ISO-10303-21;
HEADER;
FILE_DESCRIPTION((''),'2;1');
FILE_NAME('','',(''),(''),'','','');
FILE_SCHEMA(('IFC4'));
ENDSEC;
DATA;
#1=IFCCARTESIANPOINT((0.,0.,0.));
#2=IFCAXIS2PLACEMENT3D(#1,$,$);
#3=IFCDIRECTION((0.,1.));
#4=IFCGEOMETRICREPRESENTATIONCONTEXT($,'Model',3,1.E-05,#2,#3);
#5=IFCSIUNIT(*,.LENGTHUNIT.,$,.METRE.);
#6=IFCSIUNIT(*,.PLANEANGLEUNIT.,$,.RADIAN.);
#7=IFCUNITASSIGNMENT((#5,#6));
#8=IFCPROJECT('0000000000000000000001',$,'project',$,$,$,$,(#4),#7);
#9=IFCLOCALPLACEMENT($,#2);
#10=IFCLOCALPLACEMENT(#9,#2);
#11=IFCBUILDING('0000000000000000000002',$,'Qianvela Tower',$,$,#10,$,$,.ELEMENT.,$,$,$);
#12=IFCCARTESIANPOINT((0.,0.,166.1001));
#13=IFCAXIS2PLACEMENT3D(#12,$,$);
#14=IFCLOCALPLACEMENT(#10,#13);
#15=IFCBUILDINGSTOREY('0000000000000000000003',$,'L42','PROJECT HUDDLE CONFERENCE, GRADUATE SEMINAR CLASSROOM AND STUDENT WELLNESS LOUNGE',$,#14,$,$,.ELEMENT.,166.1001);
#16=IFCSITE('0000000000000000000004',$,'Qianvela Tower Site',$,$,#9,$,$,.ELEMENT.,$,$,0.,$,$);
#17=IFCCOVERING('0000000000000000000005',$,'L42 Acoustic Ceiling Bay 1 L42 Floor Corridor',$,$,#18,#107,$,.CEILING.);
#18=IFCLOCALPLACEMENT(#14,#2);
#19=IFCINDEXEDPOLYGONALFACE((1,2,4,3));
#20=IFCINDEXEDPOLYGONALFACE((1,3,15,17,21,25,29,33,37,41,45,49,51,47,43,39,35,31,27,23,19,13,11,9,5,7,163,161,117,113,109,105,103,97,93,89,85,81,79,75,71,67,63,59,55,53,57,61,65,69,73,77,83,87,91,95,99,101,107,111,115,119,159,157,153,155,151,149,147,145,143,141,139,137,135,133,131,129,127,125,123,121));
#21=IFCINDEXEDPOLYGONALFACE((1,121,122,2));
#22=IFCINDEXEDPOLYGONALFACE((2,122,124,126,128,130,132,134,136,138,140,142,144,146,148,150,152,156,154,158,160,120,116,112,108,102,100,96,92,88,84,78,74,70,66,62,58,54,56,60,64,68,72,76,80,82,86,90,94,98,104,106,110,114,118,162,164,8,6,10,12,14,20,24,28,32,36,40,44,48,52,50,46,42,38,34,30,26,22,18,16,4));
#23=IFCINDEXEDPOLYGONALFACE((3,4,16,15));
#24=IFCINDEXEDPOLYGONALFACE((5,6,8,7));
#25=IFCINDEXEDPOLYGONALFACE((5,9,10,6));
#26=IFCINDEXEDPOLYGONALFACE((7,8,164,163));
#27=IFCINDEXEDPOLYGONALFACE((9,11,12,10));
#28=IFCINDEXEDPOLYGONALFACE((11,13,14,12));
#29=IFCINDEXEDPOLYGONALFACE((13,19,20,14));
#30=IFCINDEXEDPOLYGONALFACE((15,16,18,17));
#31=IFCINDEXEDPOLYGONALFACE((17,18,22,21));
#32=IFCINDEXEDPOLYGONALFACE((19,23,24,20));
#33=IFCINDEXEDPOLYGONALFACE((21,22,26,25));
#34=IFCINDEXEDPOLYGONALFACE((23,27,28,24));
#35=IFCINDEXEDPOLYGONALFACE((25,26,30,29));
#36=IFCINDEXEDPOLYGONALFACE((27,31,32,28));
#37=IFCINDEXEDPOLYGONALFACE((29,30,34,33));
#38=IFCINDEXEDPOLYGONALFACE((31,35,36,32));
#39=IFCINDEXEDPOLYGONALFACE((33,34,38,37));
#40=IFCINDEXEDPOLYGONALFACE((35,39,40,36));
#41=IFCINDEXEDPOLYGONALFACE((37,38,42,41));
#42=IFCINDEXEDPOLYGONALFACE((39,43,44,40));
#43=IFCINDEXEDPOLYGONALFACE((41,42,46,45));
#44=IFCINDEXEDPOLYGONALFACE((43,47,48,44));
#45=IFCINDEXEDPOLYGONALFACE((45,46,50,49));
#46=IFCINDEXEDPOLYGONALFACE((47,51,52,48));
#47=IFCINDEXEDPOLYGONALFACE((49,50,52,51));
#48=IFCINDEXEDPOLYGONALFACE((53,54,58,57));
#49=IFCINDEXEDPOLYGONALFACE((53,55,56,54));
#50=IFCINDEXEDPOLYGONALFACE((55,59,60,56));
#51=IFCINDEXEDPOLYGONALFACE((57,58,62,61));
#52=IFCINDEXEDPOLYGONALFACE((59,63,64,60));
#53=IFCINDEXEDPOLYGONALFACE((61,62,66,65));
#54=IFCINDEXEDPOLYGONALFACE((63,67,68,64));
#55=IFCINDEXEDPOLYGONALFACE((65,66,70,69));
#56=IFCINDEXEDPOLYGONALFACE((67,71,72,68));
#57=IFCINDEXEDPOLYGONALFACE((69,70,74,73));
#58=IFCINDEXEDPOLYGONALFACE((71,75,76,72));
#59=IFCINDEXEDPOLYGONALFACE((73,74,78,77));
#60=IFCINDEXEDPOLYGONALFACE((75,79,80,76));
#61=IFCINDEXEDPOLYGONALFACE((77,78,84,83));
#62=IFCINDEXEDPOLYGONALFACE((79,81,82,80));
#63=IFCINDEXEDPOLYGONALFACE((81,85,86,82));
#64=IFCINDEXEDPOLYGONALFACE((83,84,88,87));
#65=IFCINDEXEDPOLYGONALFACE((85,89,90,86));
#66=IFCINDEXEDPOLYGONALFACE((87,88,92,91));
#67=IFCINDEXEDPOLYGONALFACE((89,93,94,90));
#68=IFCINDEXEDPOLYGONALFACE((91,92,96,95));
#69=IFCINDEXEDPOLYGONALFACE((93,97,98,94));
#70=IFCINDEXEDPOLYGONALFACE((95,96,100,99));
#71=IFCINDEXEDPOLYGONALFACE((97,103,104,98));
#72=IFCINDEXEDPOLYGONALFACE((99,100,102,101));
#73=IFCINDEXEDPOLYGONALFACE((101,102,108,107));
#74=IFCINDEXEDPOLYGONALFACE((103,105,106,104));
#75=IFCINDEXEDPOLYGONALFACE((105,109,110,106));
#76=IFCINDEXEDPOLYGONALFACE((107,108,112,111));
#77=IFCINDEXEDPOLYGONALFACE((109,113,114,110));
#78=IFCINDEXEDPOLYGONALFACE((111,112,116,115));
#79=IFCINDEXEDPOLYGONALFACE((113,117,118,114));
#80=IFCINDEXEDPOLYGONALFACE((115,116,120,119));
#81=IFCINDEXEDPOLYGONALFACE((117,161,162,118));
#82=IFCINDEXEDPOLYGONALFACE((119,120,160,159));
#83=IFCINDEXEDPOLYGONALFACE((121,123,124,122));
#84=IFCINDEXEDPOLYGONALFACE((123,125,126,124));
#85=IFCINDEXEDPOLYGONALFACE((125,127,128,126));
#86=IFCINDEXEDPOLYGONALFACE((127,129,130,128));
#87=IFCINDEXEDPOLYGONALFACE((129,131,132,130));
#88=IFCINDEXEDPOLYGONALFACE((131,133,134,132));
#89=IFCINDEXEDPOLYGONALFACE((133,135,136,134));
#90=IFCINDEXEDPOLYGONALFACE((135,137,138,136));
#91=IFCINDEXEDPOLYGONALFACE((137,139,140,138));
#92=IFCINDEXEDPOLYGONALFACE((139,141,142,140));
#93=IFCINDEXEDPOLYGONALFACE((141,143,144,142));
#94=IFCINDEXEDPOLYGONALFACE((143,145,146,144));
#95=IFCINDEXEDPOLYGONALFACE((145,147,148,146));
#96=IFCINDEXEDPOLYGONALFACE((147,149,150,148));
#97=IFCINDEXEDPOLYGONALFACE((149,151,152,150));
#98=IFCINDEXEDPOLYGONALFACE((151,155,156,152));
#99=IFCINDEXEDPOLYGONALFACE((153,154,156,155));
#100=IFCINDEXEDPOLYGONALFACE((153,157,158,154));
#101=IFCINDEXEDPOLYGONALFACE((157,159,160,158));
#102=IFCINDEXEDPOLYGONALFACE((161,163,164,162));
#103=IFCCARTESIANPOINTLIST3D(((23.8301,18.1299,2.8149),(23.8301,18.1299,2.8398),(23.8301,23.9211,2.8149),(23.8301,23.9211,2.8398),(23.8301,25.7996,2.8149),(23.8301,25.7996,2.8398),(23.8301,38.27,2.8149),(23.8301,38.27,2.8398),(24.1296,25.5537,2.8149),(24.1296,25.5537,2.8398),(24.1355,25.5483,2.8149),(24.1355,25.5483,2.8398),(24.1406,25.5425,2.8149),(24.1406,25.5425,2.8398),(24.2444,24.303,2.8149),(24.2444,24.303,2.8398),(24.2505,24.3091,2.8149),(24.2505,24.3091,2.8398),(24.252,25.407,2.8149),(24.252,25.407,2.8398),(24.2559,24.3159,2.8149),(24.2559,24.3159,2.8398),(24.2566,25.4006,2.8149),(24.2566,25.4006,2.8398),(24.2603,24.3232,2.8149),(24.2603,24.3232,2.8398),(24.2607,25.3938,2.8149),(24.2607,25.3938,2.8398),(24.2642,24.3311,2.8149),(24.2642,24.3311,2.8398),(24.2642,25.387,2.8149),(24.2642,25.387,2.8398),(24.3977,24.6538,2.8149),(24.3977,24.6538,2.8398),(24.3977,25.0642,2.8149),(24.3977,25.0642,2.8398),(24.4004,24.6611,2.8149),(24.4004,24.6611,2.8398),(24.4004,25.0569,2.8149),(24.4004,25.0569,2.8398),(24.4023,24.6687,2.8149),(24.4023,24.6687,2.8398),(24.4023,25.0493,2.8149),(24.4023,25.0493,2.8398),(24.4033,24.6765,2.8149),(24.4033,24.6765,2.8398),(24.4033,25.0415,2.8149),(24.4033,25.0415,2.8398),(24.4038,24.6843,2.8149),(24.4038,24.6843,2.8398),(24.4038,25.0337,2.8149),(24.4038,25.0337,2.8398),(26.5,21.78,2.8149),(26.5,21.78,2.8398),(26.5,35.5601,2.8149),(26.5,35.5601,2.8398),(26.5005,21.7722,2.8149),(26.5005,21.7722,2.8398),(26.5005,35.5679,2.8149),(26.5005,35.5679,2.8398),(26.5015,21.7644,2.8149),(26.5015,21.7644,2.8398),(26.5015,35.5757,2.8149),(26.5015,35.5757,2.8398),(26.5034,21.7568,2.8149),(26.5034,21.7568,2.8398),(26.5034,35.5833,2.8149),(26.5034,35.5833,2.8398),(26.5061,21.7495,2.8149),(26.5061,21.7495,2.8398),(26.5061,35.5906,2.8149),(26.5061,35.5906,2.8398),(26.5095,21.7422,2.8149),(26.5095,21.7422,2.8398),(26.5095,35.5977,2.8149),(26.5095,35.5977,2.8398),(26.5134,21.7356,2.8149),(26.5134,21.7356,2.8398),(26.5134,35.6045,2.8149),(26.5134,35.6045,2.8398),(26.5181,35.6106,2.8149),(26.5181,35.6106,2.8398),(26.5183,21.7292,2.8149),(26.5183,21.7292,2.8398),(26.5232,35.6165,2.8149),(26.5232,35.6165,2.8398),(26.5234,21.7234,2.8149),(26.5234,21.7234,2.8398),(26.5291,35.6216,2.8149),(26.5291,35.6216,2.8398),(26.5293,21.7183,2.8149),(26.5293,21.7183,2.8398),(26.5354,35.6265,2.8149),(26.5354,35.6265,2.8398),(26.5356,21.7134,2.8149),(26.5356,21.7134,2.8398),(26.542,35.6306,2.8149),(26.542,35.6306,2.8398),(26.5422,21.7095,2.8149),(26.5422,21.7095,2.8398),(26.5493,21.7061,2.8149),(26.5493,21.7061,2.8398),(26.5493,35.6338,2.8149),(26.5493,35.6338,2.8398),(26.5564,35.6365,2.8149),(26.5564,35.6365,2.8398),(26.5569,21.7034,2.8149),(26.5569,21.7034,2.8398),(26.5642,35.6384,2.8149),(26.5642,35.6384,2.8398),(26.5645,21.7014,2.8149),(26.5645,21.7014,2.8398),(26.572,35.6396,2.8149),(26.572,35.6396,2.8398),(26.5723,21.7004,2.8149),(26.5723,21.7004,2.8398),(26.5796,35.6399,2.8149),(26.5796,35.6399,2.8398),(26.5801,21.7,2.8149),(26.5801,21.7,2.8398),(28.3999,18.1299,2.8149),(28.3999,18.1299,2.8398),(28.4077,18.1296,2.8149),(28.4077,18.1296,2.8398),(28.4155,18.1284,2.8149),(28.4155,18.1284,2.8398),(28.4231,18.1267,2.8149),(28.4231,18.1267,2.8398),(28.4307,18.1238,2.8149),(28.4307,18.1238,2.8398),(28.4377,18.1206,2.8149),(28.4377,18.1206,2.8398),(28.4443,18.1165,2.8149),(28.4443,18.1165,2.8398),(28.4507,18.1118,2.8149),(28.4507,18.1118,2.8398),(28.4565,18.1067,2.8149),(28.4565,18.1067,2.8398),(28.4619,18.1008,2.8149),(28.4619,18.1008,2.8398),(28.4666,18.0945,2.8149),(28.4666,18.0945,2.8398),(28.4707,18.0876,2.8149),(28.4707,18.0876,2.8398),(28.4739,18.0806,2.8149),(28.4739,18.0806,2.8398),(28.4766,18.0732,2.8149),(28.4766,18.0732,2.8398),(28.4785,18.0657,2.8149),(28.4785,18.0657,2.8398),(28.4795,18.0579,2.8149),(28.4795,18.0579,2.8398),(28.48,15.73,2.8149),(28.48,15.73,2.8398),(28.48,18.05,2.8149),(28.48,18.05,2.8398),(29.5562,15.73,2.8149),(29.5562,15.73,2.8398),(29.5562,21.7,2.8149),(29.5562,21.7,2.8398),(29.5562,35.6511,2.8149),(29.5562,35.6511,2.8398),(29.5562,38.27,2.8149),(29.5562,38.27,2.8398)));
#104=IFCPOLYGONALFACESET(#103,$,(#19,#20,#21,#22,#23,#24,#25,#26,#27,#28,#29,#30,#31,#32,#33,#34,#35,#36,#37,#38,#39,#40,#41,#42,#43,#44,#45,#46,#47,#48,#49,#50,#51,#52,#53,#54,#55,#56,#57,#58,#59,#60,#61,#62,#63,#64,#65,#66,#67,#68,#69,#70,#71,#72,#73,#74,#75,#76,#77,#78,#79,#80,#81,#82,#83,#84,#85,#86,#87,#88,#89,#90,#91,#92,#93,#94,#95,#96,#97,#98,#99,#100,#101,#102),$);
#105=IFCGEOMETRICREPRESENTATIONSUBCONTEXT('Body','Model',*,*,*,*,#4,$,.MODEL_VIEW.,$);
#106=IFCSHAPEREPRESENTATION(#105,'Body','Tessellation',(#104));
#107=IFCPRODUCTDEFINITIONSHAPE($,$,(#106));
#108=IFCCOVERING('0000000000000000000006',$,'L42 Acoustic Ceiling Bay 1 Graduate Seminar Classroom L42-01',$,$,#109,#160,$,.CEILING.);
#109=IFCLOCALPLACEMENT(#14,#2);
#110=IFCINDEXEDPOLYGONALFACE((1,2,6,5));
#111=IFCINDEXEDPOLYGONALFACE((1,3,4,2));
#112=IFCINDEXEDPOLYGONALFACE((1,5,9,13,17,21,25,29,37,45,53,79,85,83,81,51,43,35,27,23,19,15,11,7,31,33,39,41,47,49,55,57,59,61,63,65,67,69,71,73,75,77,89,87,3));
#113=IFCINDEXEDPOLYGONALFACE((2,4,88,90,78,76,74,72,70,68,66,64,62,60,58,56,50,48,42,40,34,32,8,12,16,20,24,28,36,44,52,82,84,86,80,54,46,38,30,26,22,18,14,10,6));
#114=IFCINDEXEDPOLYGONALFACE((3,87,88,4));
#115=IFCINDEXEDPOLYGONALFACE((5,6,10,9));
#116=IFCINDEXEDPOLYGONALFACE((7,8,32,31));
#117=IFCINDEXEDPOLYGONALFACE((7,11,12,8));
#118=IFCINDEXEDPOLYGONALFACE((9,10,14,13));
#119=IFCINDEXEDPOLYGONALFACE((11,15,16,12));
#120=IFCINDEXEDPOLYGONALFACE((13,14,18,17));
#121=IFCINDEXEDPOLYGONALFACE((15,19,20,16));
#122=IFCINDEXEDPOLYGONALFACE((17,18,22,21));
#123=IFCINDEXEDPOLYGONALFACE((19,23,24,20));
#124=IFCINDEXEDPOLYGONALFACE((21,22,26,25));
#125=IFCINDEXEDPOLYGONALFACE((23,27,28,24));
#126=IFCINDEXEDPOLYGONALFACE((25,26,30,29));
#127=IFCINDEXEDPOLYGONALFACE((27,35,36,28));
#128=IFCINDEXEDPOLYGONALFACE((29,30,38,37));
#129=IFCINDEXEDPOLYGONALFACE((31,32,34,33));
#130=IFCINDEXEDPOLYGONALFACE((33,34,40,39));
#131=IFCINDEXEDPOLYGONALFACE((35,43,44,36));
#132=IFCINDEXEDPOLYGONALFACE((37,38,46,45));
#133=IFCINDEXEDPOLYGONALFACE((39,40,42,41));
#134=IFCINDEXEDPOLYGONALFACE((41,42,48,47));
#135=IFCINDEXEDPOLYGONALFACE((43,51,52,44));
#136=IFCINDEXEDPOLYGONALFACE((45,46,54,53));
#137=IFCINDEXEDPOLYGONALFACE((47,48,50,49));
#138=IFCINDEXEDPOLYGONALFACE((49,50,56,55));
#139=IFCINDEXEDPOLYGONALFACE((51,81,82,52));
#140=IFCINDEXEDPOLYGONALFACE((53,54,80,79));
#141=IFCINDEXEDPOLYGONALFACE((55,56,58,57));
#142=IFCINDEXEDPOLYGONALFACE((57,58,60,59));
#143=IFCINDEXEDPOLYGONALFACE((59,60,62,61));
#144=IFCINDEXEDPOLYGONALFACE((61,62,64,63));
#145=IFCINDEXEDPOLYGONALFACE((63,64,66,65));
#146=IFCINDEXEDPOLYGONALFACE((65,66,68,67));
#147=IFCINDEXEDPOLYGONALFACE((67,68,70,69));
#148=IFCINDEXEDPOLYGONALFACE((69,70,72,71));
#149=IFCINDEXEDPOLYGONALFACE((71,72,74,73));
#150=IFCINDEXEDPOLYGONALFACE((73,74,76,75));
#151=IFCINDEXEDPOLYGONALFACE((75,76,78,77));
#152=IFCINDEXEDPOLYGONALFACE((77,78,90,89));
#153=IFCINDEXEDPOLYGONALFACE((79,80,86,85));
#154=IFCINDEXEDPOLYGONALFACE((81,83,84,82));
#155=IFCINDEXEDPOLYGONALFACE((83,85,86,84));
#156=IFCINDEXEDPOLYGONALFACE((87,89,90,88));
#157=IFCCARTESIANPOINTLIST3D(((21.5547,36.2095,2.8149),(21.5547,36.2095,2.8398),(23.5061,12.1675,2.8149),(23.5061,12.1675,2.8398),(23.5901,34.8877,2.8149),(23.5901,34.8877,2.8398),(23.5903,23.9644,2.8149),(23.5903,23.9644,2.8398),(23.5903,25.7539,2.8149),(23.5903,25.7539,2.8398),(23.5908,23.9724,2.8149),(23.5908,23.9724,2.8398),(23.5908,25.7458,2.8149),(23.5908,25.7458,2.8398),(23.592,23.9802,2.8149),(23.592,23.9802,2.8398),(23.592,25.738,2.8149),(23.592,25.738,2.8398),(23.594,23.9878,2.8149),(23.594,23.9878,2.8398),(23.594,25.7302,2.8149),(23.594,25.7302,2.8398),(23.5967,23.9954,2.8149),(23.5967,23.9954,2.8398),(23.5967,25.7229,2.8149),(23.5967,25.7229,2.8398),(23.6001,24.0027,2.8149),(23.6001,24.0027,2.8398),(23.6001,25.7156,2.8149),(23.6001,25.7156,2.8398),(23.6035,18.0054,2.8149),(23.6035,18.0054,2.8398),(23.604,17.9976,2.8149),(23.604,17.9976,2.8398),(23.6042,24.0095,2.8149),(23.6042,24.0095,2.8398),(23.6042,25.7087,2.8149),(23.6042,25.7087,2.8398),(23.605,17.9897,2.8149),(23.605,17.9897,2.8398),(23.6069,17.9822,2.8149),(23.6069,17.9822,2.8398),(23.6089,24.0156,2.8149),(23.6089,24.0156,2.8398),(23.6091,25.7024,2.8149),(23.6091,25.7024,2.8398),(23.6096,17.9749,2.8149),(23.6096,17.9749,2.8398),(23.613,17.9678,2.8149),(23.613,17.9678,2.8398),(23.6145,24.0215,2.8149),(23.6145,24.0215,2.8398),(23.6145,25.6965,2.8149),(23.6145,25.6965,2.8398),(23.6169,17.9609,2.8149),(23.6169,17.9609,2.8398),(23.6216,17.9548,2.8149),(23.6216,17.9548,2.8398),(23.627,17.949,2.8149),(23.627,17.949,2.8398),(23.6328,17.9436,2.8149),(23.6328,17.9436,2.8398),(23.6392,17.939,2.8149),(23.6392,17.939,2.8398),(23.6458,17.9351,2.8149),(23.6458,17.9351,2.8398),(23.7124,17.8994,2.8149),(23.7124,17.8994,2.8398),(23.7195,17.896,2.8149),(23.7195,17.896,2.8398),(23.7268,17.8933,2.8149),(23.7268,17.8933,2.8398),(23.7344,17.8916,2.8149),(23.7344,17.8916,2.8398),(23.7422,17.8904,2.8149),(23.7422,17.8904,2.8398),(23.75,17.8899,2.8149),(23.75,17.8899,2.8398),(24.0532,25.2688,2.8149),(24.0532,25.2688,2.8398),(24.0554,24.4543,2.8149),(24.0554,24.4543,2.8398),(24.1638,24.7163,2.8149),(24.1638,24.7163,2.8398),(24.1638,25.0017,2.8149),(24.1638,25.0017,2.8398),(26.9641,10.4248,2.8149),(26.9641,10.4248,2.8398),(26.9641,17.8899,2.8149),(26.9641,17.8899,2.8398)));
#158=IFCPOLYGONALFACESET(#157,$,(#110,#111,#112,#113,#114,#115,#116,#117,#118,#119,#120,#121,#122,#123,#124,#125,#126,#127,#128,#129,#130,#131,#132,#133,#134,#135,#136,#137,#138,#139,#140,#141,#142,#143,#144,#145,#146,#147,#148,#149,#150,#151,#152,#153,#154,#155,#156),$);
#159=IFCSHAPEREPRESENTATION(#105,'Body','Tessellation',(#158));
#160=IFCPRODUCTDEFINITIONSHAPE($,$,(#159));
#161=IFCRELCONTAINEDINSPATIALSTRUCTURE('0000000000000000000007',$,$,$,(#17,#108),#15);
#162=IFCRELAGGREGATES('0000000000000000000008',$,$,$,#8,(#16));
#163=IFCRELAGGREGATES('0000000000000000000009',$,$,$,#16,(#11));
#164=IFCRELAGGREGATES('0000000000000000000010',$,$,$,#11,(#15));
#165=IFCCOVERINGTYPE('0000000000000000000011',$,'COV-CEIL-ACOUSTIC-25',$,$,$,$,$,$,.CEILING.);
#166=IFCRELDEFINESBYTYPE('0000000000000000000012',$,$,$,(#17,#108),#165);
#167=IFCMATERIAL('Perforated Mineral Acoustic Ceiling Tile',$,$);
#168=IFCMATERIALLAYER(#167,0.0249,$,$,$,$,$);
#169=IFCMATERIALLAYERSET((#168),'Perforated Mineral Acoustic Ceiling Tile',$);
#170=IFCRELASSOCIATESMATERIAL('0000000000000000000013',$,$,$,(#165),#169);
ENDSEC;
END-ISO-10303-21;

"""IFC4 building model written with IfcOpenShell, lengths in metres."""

from ifc_helpers import new_model, si_unit, direction, frame, origin, place, context, subcontext, project, spatial, polyline, outline, extrude, material, layer, layer_set, type_object, element, save


model = new_model("IFC4")

# Units and contexts
model_context = context("Model", 3, precision=1e-05, world=origin(), true_north=direction((0.0, 1.0)))
body_context = subcontext(model_context, "Body", "Model", "MODEL_VIEW")
ifc_project = project(units=[si_unit("LENGTHUNIT", "METRE"), si_unit("PLANEANGLEUNIT", "RADIAN")], contexts=[model_context])

# Site, building, storey
site_placement = place(None, origin())
site = spatial("IfcSite", under=ifc_project, at=site_placement, Name="Qianvela Tower Site", CompositionType="ELEMENT", RefElevation=0.0)
building_placement = place(site_placement, origin())
building = spatial("IfcBuilding", under=site, at=building_placement, Name="Qianvela Tower", CompositionType="ELEMENT")
storey_placement = place(building_placement, frame((0.0, 0.0, 166.1001)))
storey = spatial("IfcBuildingStorey", under=building, at=storey_placement, Name="L42", Description="PROJECT HUDDLE CONFERENCE, GRADUATE SEMINAR CLASSROOM AND STUDENT WELLNESS LOUNGE", CompositionType="ELEMENT", Elevation=166.1001)

# Coverings
ifc_material_1 = material(Name="Perforated Mineral Acoustic Ceiling Tile")
ifc_layer_1 = layer(ifc_material_1, 0.0249)
ifc_layer_set_1 = layer_set([ifc_layer_1], Name="Perforated Mineral Acoustic Ceiling Tile")
covering_type_1 = type_object("IfcCoveringType", Name="COV-CEIL-ACOUSTIC-25", PredefinedType="CEILING", material=ifc_layer_set_1)
covering_1_placement = place(storey_placement, frame((0.0, 0.0, 2.8149)))
element("IfcCovering", 1, at=covering_1_placement, inside=storey, type_object=covering_type_1, Name="L42 Acoustic Ceiling Bay 1 L42 Floor Corridor", PredefinedType="CEILING", context=body_context, shape_type="SweptSolid", body=[
    extrude(outline(polyline([(24.4033, 25.0415), (24.4023, 25.0493), (24.4004, 25.0569), (24.3977, 25.0642), (24.2642, 25.387), (24.2607, 25.3938), (24.2566, 25.4006), (24.252, 25.407), (24.1406, 25.5425), (24.1355, 25.5483), (24.1296, 25.5537), (23.8301, 25.7996), (23.8301, 38.27), (29.5562, 38.27), (29.5562, 35.6511), (26.5796, 35.6399), (26.572, 35.6396), (26.5642, 35.6384), (26.5564, 35.6365), (26.5493, 35.6338), (26.542, 35.6306), (26.5354, 35.6265), (26.5291, 35.6216), (26.5232, 35.6165), (26.5181, 35.6106), (26.5134, 35.6045), (26.5095, 35.5977), (26.5061, 35.5906), (26.5034, 35.5833), (26.5015, 35.5757), (26.5005, 35.5679), (26.5, 35.5601), (26.5, 21.78), (26.5005, 21.7722), (26.5015, 21.7644), (26.5034, 21.7568), (26.5061, 21.7495), (26.5095, 21.7422), (26.5134, 21.7356), (26.5183, 21.7292), (26.5234, 21.7234), (26.5293, 21.7183), (26.5356, 21.7134), (26.5422, 21.7095), (26.5493, 21.7061), (26.5569, 21.7034), (26.5645, 21.7014), (26.5723, 21.7004), (26.5801, 21.7), (29.5562, 21.7), (29.5562, 15.73), (28.48, 15.73), (28.48, 18.05), (28.4795, 18.0579), (28.4785, 18.0657), (28.4766, 18.0732), (28.4739, 18.0806), (28.4707, 18.0876), (28.4666, 18.0945), (28.4619, 18.1008), (28.4565, 18.1067), (28.4507, 18.1118), (28.4443, 18.1165), (28.4377, 18.1206), (28.4307, 18.1238), (28.4231, 18.1267), (28.4155, 18.1284), (28.4077, 18.1296), (28.3999, 18.1299), (23.8301, 18.1299), (23.8301, 23.9211), (24.2444, 24.303), (24.2505, 24.3091), (24.2559, 24.3159), (24.2603, 24.3232), (24.2642, 24.3311), (24.3977, 24.6538), (24.4004, 24.6611), (24.4023, 24.6687), (24.4033, 24.6765), (24.4038, 24.6843), (24.4038, 25.0337), (24.4033, 25.0415)])), origin(), (0.0, 0.0, 1.0), 0.0249),
])
covering_2_placement = place(storey_placement, frame((0.0, 0.0, 2.8149)))
element("IfcCovering", 2, at=covering_2_placement, inside=storey, type_object=covering_type_1, Name="L42 Acoustic Ceiling Bay 1 Graduate Seminar Classroom L42-01", PredefinedType="CEILING", context=body_context, shape_type="SweptSolid", body=[
    extrude(outline(polyline([(23.5901, 34.8877), (23.5903, 25.7539), (23.5908, 25.7458), (23.592, 25.738), (23.594, 25.7302), (23.5967, 25.7229), (23.6001, 25.7156), (23.6042, 25.7087), (23.6091, 25.7024), (23.6145, 25.6965), (24.0532, 25.2688), (24.1638, 25.0017), (24.1638, 24.7163), (24.0554, 24.4543), (23.6145, 24.0215), (23.6089, 24.0156), (23.6042, 24.0095), (23.6001, 24.0027), (23.5967, 23.9954), (23.594, 23.9878), (23.592, 23.9802), (23.5908, 23.9724), (23.5903, 23.9644), (23.6035, 18.0054), (23.604, 17.9976), (23.605, 17.9897), (23.6069, 17.9822), (23.6096, 17.9749), (23.613, 17.9678), (23.6169, 17.9609), (23.6216, 17.9548), (23.627, 17.949), (23.6328, 17.9436), (23.6392, 17.939), (23.6458, 17.9351), (23.7124, 17.8994), (23.7195, 17.896), (23.7268, 17.8933), (23.7344, 17.8916), (23.7422, 17.8904), (23.75, 17.8899), (26.9641, 17.8899), (26.9641, 10.4248), (23.5061, 12.1675), (21.5547, 36.2095), (23.5901, 34.8877)])), origin(), (0.0, 0.0, 1.0), 0.0249),
])

save(model, "model.ifc")
